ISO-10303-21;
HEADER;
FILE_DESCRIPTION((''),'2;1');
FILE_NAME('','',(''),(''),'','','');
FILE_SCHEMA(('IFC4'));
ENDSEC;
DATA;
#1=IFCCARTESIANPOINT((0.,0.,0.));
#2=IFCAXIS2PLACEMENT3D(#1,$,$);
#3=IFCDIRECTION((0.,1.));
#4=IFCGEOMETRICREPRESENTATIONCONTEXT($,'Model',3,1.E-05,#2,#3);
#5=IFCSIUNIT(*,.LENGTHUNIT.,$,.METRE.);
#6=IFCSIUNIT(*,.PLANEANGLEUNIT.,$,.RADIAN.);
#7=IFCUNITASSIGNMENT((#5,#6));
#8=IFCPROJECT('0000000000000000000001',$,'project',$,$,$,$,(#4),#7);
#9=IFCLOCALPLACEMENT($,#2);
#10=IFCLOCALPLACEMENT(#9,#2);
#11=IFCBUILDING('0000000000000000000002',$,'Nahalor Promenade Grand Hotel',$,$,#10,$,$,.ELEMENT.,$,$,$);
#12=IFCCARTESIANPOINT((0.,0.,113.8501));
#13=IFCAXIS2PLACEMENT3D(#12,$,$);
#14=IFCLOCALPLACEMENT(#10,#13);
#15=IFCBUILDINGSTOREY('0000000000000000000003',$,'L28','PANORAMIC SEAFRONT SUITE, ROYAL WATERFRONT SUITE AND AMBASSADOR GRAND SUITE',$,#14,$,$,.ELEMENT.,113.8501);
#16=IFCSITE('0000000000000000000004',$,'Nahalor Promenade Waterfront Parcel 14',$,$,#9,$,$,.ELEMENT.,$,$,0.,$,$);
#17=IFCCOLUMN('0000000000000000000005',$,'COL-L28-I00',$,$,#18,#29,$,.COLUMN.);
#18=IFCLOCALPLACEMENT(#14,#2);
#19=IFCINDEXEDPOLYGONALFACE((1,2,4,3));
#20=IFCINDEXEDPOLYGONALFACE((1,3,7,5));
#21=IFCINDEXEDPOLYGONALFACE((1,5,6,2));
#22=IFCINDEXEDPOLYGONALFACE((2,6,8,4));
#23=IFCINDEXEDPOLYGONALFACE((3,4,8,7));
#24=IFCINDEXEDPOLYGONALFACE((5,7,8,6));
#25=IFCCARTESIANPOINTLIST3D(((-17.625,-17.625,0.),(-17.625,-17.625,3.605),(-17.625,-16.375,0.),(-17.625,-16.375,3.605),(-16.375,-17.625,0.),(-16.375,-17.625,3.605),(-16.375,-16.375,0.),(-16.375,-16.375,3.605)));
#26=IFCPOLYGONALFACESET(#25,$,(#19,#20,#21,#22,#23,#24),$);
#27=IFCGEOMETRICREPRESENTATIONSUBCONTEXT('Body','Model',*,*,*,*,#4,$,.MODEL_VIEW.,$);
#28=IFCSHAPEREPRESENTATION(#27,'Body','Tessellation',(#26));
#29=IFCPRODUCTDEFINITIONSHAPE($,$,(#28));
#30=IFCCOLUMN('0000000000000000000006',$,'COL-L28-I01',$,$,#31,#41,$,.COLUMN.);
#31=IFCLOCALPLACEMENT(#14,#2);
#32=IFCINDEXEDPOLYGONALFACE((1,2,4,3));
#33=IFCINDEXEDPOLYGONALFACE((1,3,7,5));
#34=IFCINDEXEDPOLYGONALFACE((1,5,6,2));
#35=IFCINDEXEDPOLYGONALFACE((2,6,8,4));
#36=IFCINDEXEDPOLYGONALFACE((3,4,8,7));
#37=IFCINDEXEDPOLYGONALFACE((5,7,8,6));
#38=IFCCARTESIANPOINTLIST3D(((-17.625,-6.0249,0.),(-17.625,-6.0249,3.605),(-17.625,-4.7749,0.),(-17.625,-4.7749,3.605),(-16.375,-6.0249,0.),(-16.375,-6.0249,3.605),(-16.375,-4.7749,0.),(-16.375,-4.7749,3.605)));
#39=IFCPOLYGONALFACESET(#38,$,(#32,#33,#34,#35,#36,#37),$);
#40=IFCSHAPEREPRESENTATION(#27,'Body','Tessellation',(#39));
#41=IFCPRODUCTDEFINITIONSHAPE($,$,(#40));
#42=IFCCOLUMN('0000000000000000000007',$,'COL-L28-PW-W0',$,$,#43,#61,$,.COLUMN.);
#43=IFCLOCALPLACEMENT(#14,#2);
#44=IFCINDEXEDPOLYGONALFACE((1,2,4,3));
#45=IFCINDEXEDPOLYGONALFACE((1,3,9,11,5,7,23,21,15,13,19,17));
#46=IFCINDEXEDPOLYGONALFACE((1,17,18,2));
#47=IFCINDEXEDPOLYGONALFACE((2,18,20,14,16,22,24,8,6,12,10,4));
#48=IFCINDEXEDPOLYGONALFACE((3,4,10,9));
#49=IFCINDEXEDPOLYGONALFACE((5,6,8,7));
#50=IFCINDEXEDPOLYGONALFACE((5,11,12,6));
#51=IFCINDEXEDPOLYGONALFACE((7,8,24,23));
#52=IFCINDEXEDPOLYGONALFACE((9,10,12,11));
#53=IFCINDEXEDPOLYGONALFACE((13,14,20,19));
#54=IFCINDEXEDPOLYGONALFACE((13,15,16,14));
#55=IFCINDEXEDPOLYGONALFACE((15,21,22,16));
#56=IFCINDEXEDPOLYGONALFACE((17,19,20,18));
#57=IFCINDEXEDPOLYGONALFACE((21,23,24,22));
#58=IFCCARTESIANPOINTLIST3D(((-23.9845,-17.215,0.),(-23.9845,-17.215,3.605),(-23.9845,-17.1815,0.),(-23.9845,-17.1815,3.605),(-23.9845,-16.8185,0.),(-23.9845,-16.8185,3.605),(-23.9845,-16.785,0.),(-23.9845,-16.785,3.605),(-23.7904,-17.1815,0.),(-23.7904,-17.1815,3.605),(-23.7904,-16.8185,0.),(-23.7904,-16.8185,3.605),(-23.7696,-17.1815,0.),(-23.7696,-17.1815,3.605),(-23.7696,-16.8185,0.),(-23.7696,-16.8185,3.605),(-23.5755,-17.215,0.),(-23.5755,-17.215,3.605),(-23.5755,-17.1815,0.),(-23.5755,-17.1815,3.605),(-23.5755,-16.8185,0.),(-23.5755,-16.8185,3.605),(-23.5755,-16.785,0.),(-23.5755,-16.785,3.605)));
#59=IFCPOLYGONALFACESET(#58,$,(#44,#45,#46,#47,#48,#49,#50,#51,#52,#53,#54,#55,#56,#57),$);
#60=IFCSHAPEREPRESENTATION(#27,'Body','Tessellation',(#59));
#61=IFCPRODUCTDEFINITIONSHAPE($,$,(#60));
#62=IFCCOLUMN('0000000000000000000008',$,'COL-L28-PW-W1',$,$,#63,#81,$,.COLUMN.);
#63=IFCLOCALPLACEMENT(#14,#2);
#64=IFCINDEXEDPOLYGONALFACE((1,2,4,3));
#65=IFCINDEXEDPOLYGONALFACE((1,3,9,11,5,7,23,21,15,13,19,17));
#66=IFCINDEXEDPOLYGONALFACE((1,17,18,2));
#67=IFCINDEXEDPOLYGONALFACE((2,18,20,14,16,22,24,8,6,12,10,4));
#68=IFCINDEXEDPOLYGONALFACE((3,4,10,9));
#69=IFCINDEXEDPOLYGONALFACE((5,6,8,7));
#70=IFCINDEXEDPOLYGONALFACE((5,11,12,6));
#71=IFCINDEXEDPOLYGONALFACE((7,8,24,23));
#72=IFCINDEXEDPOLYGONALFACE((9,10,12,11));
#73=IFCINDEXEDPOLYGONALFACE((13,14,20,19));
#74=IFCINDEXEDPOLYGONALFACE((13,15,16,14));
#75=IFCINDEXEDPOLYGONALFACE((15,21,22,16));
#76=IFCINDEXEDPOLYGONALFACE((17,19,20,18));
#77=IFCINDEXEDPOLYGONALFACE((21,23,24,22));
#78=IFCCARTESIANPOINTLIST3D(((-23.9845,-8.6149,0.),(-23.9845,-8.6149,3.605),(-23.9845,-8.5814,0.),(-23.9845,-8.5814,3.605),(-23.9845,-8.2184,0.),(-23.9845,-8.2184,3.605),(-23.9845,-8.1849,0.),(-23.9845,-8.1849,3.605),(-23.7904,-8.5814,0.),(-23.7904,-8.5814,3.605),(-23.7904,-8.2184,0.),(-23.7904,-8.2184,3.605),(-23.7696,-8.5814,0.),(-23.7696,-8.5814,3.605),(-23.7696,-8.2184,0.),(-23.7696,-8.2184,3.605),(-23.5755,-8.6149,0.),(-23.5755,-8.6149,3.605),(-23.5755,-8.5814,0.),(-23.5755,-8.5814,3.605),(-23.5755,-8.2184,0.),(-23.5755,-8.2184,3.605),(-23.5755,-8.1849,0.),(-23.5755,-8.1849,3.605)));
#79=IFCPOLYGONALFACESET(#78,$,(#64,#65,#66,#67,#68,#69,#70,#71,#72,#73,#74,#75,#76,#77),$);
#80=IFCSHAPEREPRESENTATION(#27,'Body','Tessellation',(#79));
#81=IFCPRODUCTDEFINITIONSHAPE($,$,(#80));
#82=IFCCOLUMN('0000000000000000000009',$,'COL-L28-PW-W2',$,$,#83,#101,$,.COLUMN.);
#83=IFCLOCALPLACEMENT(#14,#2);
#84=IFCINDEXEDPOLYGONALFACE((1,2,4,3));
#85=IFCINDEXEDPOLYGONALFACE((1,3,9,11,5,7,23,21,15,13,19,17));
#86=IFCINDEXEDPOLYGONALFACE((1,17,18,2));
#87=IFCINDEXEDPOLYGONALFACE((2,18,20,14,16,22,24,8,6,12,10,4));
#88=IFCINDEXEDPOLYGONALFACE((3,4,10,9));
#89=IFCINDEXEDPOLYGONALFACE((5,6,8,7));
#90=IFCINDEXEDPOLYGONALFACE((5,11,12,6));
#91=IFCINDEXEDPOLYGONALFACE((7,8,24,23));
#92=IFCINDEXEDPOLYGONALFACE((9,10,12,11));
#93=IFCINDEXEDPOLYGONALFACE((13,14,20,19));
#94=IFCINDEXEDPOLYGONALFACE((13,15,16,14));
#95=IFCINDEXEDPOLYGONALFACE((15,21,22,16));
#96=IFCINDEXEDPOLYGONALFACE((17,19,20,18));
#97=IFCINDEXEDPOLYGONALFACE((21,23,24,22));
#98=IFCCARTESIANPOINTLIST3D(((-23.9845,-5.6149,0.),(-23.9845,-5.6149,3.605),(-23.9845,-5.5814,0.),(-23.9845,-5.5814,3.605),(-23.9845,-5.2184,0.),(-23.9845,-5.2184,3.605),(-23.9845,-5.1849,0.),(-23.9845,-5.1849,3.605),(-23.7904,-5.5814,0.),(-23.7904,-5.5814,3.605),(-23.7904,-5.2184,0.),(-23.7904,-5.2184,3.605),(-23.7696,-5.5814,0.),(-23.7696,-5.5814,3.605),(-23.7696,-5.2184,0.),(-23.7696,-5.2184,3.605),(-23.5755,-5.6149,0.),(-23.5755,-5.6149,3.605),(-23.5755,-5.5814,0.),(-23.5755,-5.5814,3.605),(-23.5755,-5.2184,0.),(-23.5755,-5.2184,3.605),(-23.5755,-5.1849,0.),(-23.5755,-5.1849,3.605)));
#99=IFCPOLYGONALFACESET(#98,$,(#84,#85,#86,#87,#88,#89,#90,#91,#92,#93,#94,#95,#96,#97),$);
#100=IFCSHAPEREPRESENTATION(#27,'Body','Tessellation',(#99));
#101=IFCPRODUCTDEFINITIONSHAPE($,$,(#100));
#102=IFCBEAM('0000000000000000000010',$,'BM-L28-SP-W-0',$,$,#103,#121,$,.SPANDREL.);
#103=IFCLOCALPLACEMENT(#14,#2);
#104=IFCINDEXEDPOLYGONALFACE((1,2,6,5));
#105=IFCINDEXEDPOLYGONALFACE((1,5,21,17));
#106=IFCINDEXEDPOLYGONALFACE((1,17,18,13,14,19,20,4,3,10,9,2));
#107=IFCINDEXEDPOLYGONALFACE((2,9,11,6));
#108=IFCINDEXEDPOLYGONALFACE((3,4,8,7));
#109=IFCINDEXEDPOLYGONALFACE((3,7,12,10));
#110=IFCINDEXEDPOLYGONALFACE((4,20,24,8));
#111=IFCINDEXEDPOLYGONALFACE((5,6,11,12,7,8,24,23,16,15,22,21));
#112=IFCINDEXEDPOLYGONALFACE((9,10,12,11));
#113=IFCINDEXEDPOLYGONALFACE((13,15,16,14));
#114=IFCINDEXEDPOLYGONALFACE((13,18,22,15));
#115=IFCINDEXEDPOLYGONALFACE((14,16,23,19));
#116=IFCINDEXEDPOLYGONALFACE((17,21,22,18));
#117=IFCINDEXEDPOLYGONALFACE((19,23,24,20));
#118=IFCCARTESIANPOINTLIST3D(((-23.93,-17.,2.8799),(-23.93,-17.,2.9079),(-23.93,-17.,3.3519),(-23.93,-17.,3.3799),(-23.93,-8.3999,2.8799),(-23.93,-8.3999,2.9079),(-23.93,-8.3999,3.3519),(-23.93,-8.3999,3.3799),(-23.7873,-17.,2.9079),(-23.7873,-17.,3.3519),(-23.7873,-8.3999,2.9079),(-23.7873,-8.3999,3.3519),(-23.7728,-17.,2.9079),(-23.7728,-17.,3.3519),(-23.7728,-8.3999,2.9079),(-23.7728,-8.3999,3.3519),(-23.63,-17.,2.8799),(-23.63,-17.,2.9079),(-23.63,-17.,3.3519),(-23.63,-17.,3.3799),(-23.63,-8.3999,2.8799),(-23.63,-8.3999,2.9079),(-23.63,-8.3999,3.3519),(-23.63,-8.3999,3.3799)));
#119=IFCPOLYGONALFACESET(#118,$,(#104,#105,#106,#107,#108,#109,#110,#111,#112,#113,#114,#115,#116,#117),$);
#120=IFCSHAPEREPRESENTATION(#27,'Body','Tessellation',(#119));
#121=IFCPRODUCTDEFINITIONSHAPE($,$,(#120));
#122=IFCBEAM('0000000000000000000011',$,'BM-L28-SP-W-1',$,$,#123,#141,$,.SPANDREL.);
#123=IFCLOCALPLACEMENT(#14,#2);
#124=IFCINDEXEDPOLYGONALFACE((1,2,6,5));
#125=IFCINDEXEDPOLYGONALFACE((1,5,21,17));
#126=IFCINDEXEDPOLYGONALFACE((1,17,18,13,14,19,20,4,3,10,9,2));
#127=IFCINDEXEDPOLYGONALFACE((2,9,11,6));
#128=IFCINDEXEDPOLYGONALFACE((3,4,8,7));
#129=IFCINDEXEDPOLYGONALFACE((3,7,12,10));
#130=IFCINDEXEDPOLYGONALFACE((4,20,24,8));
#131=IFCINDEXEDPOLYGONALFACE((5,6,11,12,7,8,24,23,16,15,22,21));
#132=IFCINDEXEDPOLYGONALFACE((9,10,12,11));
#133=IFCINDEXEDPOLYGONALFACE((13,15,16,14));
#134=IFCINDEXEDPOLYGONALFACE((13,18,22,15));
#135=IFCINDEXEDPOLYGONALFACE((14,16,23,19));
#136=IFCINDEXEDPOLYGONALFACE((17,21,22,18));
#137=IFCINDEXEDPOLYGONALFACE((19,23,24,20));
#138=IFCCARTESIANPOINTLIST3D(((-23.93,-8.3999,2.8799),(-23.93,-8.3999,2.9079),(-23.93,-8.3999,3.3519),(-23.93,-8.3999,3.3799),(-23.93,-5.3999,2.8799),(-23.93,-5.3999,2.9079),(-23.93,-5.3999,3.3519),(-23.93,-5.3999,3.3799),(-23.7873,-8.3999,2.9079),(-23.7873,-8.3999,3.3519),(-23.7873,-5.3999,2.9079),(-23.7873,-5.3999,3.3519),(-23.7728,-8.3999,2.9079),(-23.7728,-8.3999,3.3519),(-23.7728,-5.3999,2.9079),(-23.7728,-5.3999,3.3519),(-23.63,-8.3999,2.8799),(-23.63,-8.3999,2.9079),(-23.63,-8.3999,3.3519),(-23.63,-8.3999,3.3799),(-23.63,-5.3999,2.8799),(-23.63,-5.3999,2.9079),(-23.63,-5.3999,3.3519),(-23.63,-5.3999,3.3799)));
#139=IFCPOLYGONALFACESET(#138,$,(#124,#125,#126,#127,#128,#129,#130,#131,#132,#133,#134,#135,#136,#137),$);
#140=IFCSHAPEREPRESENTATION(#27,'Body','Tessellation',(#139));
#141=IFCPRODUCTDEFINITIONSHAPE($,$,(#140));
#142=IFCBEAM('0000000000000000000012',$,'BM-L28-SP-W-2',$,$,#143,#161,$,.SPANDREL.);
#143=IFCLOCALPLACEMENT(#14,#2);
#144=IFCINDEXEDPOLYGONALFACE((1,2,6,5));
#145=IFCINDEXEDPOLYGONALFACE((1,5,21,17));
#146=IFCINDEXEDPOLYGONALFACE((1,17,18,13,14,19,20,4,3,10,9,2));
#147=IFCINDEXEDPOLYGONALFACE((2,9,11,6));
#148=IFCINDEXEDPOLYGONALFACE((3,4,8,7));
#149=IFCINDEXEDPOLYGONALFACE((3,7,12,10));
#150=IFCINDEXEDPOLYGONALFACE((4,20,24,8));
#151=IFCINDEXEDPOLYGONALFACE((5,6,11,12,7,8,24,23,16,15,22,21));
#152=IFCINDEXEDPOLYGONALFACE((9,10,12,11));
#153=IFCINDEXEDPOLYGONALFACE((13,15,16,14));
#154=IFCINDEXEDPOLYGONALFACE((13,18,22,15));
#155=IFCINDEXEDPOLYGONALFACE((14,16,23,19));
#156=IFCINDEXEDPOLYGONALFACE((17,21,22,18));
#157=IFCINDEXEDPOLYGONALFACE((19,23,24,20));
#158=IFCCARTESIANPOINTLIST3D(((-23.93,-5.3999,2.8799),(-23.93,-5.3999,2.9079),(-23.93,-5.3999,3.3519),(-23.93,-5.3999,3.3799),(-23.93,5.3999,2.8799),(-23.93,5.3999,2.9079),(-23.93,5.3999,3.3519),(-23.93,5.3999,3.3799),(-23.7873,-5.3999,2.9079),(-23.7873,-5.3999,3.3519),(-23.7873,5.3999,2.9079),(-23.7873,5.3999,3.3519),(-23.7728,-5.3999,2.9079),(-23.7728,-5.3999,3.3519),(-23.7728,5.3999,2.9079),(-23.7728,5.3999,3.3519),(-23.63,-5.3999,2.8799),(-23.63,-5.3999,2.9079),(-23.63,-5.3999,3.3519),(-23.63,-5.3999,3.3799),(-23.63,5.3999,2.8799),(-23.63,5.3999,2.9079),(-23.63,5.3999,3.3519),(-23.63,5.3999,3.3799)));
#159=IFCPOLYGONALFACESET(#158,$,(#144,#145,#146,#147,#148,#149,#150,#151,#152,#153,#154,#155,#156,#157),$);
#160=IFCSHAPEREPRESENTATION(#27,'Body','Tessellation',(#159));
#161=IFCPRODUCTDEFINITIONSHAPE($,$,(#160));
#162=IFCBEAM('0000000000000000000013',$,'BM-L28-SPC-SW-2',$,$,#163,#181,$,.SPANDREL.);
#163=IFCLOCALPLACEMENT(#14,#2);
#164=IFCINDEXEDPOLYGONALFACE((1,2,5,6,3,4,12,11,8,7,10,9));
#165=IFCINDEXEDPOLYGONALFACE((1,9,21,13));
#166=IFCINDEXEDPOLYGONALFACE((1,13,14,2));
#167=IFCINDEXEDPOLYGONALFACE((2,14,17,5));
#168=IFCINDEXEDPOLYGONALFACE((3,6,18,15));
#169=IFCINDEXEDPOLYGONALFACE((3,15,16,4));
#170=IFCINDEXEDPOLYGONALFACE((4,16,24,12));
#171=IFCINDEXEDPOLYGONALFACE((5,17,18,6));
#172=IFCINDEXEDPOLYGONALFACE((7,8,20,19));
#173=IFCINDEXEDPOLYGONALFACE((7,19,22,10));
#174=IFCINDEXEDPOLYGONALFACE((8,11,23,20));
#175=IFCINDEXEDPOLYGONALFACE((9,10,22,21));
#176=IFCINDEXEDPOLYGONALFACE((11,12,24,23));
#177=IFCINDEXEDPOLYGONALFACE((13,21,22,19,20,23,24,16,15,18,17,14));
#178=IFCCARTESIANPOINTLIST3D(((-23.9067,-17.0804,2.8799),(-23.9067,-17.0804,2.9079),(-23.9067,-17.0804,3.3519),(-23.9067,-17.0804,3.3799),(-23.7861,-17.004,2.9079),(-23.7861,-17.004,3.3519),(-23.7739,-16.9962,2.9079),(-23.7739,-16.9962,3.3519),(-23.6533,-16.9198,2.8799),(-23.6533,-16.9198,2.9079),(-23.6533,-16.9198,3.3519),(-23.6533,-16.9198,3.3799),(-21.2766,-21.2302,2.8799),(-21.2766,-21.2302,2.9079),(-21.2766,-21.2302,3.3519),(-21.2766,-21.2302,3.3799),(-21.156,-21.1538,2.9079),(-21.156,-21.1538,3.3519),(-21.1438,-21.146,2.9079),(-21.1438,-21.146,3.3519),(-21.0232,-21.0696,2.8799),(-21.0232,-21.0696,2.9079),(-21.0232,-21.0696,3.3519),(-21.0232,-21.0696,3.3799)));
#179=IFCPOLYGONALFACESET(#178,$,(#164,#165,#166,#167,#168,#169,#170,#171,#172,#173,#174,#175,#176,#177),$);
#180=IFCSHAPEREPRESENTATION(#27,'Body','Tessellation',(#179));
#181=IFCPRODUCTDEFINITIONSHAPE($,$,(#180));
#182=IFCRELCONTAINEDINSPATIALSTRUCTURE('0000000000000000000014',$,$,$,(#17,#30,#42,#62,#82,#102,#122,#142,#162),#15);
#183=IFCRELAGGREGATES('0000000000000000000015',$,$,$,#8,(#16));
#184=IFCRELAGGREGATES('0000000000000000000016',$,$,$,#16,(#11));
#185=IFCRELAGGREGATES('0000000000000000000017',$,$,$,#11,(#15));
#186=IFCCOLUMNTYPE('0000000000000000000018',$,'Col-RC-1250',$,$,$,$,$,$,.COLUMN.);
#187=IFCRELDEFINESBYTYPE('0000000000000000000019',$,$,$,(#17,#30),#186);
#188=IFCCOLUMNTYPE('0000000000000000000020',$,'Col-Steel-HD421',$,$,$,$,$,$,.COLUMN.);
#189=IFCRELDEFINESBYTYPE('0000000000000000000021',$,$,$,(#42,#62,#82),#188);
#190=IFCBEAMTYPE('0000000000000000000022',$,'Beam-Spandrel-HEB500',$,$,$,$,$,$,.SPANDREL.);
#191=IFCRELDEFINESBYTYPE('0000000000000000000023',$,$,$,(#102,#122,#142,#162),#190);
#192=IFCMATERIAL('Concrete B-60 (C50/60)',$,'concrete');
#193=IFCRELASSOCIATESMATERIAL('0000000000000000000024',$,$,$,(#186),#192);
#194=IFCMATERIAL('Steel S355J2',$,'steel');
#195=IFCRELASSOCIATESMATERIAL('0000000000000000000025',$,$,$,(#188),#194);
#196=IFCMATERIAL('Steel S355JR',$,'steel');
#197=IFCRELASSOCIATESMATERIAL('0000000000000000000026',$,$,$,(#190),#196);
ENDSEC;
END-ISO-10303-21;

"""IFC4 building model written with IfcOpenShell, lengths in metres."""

from ifc_helpers import new_model, si_unit, direction, frame, origin, origin_2d, place, context, subcontext, project, spatial, rectangle, i_section, extrude, source, transform, mapped, material, material_profile, profile_set, type_object, element, save


model = new_model("IFC4")

# Units and contexts
model_context = context("Model", 3, precision=1e-05, world=origin(), true_north=direction((0.0, 1.0)))
body_context = subcontext(model_context, "Body", "Model", "MODEL_VIEW")
ifc_project = project(units=[si_unit("LENGTHUNIT", "METRE"), si_unit("PLANEANGLEUNIT", "RADIAN")], contexts=[model_context])

# Site, building, storey
site_placement = place(None, origin())
site = spatial("IfcSite", under=ifc_project, at=site_placement, Name="Nahalor Promenade Waterfront Parcel 14", CompositionType="ELEMENT", RefElevation=0.0)
building_placement = place(site_placement, origin())
building = spatial("IfcBuilding", under=site, at=building_placement, Name="Nahalor Promenade Grand Hotel", CompositionType="ELEMENT")
storey_placement = place(building_placement, frame((0.0, 0.0, 113.8501)))
storey = spatial("IfcBuildingStorey", under=building, at=storey_placement, Name="L28", Description="PANORAMIC SEAFRONT SUITE, ROYAL WATERFRONT SUITE AND AMBASSADOR GRAND SUITE", CompositionType="ELEMENT", Elevation=113.8501)

# Columns
ifc_material_1 = material(Name="Concrete B-60 (C50/60)", Category="concrete")
ifc_material_profile_1 = material_profile(ifc_material_1, rectangle(XDim=1.25, YDim=1.25, at=origin_2d()), Name="RC 1250x1250")
ifc_profile_set_1 = profile_set([ifc_material_profile_1], Name="Concrete B-60 (C50/60)")
column_type_1 = type_object("IfcColumnType", Name="Col-RC-1250", PredefinedType="COLUMN", material=ifc_profile_set_1)
shared_shape_1 = source(origin(), body_context, "Body", "SweptSolid", [
    extrude(rectangle(XDim=1.25, YDim=1.25, at=origin_2d()), origin(), (0.0, 0.0, 1.0), 3.605),
])
for number, where, z_axis, x_axis, name in (
    (1, (-17.0, -17.0, 0.0), (0.0, 0.0, 1.0), (1.0, 0.0, 0.0), "COL-L28-I00"),
    (2, (-17.0, -5.3999, 0.0), (0.0, 0.0, 1.0), (1.0, 0.0, 0.0), "COL-L28-I01"),
):
    element("IfcColumn", number, at=place(storey_placement, frame(where, z_axis=z_axis, x_axis=x_axis)), inside=storey, type_object=column_type_1, Name=name, PredefinedType="COLUMN", context=body_context, shape_type="MappedRepresentation", body=[
        mapped(shared_shape_1, transform((0.0, 0.0, 0.0), scale=1.0)),
    ])
ifc_material_2 = material(Name="Steel S355J2", Category="steel")
ifc_material_profile_2 = material_profile(ifc_material_2, i_section(OverallWidth=0.409, OverallDepth=0.43, WebThickness=0.0208, FlangeThickness=0.0335, at=origin_2d()), Name="HD 400x421")
ifc_profile_set_2 = profile_set([ifc_material_profile_2], Name="Steel S355J2")
column_type_2 = type_object("IfcColumnType", Name="Col-Steel-HD421", PredefinedType="COLUMN", material=ifc_profile_set_2)
shared_shape_2 = source(origin(), body_context, "Body", "SweptSolid", [
    extrude(i_section(OverallWidth=0.409, OverallDepth=0.43, WebThickness=0.0208, FlangeThickness=0.0335, at=origin_2d()), origin(), (0.0, 0.0, 1.0), 3.605),
])
for number, where, z_axis, x_axis, name in (
    (3, (-23.78, -17.0, 0.0), (0.0, 0.0, 1.0), (1.0, 0.0, 0.0), "COL-L28-PW-W0"),
    (4, (-23.78, -8.3999, 0.0), (0.0, 0.0, 1.0), (1.0, 0.0, 0.0), "COL-L28-PW-W1"),
    (5, (-23.78, -5.3999, 0.0), (0.0, 0.0, 1.0), (1.0, 0.0, 0.0), "COL-L28-PW-W2"),
):
    element("IfcColumn", number, at=place(storey_placement, frame(where, z_axis=z_axis, x_axis=x_axis)), inside=storey, type_object=column_type_2, Name=name, PredefinedType="COLUMN", context=body_context, shape_type="MappedRepresentation", body=[
        mapped(shared_shape_2, transform((0.0, 0.0, 0.0), scale=1.0)),
    ])

# Beams
ifc_material_3 = material(Name="Steel S355JR", Category="steel")
ifc_material_profile_3 = material_profile(ifc_material_3, i_section(OverallWidth=0.3, OverallDepth=0.5, WebThickness=0.0145, FlangeThickness=0.028, at=origin_2d()), Name="HEB 500")
ifc_profile_set_3 = profile_set([ifc_material_profile_3], Name="Steel S355JR")
beam_type_1 = type_object("IfcBeamType", Name="Beam-Spandrel-HEB500", PredefinedType="SPANDREL", material=ifc_profile_set_3)
shared_shape_3 = source(origin(), body_context, "Body", "SweptSolid", [
    extrude(i_section(OverallWidth=0.3, OverallDepth=0.5, WebThickness=0.0145, FlangeThickness=0.028, at=origin_2d()), origin(), (0.0, 0.0, 1.0), 8.6001),
])
beam_1_placement = place(storey_placement, frame((-23.78, -17.0, 3.1299), z_axis=(0.0, 1.0, 0.0), x_axis=(-1.0, 0.0, 0.0)))
element("IfcBeam", 6, at=beam_1_placement, inside=storey, type_object=beam_type_1, Name="BM-L28-SP-W-0", PredefinedType="SPANDREL", context=body_context, shape_type="MappedRepresentation", body=[
    mapped(shared_shape_3, transform((0.0, 0.0, 0.0), scale=1.0)),
])
shared_shape_4 = source(origin(), body_context, "Body", "SweptSolid", [
    extrude(i_section(OverallWidth=0.3, OverallDepth=0.5, WebThickness=0.0145, FlangeThickness=0.028, at=origin_2d()), origin(), (0.0, 0.0, 1.0), 3.0),
])
beam_2_placement = place(storey_placement, frame((-23.78, -8.3999, 3.1299), z_axis=(0.0, 1.0, 0.0), x_axis=(-1.0, 0.0, 0.0)))
element("IfcBeam", 7, at=beam_2_placement, inside=storey, type_object=beam_type_1, Name="BM-L28-SP-W-1", PredefinedType="SPANDREL", context=body_context, shape_type="MappedRepresentation", body=[
    mapped(shared_shape_4, transform((0.0, 0.0, 0.0), scale=1.0)),
])
shared_shape_5 = source(origin(), body_context, "Body", "SweptSolid", [
    extrude(i_section(OverallWidth=0.3, OverallDepth=0.5, WebThickness=0.0145, FlangeThickness=0.028, at=origin_2d()), origin(), (0.0, 0.0, 1.0), 10.7998),
])
beam_3_placement = place(storey_placement, frame((-23.78, -5.3999, 3.1299), z_axis=(0.0, 1.0, 0.0), x_axis=(-1.0, 0.0, 0.0)))
element("IfcBeam", 8, at=beam_3_placement, inside=storey, type_object=beam_type_1, Name="BM-L28-SP-W-2", PredefinedType="SPANDREL", context=body_context, shape_type="MappedRepresentation", body=[
    mapped(shared_shape_5, transform((0.0, 0.0, 0.0), scale=1.0)),
])
shared_shape_6 = source(origin(), body_context, "Body", "SweptSolid", [
    extrude(i_section(OverallWidth=0.3, OverallDepth=0.5, WebThickness=0.0145, FlangeThickness=0.028, at=origin_2d()), origin(), (0.0, 0.0, 1.0), 4.9131),
])
beam_4_placement = place(storey_placement, frame((-21.1499, -21.1499, 3.1299), z_axis=(-0.535322, 0.844648, 0.0), x_axis=(-0.844648, -0.535322, 0.0)))
element("IfcBeam", 9, at=beam_4_placement, inside=storey, type_object=beam_type_1, Name="BM-L28-SPC-SW-2", PredefinedType="SPANDREL", context=body_context, shape_type="MappedRepresentation", body=[
    mapped(shared_shape_6, transform((0.0, 0.0, 0.0), scale=1.0)),
])

save(model, "model.ifc")
